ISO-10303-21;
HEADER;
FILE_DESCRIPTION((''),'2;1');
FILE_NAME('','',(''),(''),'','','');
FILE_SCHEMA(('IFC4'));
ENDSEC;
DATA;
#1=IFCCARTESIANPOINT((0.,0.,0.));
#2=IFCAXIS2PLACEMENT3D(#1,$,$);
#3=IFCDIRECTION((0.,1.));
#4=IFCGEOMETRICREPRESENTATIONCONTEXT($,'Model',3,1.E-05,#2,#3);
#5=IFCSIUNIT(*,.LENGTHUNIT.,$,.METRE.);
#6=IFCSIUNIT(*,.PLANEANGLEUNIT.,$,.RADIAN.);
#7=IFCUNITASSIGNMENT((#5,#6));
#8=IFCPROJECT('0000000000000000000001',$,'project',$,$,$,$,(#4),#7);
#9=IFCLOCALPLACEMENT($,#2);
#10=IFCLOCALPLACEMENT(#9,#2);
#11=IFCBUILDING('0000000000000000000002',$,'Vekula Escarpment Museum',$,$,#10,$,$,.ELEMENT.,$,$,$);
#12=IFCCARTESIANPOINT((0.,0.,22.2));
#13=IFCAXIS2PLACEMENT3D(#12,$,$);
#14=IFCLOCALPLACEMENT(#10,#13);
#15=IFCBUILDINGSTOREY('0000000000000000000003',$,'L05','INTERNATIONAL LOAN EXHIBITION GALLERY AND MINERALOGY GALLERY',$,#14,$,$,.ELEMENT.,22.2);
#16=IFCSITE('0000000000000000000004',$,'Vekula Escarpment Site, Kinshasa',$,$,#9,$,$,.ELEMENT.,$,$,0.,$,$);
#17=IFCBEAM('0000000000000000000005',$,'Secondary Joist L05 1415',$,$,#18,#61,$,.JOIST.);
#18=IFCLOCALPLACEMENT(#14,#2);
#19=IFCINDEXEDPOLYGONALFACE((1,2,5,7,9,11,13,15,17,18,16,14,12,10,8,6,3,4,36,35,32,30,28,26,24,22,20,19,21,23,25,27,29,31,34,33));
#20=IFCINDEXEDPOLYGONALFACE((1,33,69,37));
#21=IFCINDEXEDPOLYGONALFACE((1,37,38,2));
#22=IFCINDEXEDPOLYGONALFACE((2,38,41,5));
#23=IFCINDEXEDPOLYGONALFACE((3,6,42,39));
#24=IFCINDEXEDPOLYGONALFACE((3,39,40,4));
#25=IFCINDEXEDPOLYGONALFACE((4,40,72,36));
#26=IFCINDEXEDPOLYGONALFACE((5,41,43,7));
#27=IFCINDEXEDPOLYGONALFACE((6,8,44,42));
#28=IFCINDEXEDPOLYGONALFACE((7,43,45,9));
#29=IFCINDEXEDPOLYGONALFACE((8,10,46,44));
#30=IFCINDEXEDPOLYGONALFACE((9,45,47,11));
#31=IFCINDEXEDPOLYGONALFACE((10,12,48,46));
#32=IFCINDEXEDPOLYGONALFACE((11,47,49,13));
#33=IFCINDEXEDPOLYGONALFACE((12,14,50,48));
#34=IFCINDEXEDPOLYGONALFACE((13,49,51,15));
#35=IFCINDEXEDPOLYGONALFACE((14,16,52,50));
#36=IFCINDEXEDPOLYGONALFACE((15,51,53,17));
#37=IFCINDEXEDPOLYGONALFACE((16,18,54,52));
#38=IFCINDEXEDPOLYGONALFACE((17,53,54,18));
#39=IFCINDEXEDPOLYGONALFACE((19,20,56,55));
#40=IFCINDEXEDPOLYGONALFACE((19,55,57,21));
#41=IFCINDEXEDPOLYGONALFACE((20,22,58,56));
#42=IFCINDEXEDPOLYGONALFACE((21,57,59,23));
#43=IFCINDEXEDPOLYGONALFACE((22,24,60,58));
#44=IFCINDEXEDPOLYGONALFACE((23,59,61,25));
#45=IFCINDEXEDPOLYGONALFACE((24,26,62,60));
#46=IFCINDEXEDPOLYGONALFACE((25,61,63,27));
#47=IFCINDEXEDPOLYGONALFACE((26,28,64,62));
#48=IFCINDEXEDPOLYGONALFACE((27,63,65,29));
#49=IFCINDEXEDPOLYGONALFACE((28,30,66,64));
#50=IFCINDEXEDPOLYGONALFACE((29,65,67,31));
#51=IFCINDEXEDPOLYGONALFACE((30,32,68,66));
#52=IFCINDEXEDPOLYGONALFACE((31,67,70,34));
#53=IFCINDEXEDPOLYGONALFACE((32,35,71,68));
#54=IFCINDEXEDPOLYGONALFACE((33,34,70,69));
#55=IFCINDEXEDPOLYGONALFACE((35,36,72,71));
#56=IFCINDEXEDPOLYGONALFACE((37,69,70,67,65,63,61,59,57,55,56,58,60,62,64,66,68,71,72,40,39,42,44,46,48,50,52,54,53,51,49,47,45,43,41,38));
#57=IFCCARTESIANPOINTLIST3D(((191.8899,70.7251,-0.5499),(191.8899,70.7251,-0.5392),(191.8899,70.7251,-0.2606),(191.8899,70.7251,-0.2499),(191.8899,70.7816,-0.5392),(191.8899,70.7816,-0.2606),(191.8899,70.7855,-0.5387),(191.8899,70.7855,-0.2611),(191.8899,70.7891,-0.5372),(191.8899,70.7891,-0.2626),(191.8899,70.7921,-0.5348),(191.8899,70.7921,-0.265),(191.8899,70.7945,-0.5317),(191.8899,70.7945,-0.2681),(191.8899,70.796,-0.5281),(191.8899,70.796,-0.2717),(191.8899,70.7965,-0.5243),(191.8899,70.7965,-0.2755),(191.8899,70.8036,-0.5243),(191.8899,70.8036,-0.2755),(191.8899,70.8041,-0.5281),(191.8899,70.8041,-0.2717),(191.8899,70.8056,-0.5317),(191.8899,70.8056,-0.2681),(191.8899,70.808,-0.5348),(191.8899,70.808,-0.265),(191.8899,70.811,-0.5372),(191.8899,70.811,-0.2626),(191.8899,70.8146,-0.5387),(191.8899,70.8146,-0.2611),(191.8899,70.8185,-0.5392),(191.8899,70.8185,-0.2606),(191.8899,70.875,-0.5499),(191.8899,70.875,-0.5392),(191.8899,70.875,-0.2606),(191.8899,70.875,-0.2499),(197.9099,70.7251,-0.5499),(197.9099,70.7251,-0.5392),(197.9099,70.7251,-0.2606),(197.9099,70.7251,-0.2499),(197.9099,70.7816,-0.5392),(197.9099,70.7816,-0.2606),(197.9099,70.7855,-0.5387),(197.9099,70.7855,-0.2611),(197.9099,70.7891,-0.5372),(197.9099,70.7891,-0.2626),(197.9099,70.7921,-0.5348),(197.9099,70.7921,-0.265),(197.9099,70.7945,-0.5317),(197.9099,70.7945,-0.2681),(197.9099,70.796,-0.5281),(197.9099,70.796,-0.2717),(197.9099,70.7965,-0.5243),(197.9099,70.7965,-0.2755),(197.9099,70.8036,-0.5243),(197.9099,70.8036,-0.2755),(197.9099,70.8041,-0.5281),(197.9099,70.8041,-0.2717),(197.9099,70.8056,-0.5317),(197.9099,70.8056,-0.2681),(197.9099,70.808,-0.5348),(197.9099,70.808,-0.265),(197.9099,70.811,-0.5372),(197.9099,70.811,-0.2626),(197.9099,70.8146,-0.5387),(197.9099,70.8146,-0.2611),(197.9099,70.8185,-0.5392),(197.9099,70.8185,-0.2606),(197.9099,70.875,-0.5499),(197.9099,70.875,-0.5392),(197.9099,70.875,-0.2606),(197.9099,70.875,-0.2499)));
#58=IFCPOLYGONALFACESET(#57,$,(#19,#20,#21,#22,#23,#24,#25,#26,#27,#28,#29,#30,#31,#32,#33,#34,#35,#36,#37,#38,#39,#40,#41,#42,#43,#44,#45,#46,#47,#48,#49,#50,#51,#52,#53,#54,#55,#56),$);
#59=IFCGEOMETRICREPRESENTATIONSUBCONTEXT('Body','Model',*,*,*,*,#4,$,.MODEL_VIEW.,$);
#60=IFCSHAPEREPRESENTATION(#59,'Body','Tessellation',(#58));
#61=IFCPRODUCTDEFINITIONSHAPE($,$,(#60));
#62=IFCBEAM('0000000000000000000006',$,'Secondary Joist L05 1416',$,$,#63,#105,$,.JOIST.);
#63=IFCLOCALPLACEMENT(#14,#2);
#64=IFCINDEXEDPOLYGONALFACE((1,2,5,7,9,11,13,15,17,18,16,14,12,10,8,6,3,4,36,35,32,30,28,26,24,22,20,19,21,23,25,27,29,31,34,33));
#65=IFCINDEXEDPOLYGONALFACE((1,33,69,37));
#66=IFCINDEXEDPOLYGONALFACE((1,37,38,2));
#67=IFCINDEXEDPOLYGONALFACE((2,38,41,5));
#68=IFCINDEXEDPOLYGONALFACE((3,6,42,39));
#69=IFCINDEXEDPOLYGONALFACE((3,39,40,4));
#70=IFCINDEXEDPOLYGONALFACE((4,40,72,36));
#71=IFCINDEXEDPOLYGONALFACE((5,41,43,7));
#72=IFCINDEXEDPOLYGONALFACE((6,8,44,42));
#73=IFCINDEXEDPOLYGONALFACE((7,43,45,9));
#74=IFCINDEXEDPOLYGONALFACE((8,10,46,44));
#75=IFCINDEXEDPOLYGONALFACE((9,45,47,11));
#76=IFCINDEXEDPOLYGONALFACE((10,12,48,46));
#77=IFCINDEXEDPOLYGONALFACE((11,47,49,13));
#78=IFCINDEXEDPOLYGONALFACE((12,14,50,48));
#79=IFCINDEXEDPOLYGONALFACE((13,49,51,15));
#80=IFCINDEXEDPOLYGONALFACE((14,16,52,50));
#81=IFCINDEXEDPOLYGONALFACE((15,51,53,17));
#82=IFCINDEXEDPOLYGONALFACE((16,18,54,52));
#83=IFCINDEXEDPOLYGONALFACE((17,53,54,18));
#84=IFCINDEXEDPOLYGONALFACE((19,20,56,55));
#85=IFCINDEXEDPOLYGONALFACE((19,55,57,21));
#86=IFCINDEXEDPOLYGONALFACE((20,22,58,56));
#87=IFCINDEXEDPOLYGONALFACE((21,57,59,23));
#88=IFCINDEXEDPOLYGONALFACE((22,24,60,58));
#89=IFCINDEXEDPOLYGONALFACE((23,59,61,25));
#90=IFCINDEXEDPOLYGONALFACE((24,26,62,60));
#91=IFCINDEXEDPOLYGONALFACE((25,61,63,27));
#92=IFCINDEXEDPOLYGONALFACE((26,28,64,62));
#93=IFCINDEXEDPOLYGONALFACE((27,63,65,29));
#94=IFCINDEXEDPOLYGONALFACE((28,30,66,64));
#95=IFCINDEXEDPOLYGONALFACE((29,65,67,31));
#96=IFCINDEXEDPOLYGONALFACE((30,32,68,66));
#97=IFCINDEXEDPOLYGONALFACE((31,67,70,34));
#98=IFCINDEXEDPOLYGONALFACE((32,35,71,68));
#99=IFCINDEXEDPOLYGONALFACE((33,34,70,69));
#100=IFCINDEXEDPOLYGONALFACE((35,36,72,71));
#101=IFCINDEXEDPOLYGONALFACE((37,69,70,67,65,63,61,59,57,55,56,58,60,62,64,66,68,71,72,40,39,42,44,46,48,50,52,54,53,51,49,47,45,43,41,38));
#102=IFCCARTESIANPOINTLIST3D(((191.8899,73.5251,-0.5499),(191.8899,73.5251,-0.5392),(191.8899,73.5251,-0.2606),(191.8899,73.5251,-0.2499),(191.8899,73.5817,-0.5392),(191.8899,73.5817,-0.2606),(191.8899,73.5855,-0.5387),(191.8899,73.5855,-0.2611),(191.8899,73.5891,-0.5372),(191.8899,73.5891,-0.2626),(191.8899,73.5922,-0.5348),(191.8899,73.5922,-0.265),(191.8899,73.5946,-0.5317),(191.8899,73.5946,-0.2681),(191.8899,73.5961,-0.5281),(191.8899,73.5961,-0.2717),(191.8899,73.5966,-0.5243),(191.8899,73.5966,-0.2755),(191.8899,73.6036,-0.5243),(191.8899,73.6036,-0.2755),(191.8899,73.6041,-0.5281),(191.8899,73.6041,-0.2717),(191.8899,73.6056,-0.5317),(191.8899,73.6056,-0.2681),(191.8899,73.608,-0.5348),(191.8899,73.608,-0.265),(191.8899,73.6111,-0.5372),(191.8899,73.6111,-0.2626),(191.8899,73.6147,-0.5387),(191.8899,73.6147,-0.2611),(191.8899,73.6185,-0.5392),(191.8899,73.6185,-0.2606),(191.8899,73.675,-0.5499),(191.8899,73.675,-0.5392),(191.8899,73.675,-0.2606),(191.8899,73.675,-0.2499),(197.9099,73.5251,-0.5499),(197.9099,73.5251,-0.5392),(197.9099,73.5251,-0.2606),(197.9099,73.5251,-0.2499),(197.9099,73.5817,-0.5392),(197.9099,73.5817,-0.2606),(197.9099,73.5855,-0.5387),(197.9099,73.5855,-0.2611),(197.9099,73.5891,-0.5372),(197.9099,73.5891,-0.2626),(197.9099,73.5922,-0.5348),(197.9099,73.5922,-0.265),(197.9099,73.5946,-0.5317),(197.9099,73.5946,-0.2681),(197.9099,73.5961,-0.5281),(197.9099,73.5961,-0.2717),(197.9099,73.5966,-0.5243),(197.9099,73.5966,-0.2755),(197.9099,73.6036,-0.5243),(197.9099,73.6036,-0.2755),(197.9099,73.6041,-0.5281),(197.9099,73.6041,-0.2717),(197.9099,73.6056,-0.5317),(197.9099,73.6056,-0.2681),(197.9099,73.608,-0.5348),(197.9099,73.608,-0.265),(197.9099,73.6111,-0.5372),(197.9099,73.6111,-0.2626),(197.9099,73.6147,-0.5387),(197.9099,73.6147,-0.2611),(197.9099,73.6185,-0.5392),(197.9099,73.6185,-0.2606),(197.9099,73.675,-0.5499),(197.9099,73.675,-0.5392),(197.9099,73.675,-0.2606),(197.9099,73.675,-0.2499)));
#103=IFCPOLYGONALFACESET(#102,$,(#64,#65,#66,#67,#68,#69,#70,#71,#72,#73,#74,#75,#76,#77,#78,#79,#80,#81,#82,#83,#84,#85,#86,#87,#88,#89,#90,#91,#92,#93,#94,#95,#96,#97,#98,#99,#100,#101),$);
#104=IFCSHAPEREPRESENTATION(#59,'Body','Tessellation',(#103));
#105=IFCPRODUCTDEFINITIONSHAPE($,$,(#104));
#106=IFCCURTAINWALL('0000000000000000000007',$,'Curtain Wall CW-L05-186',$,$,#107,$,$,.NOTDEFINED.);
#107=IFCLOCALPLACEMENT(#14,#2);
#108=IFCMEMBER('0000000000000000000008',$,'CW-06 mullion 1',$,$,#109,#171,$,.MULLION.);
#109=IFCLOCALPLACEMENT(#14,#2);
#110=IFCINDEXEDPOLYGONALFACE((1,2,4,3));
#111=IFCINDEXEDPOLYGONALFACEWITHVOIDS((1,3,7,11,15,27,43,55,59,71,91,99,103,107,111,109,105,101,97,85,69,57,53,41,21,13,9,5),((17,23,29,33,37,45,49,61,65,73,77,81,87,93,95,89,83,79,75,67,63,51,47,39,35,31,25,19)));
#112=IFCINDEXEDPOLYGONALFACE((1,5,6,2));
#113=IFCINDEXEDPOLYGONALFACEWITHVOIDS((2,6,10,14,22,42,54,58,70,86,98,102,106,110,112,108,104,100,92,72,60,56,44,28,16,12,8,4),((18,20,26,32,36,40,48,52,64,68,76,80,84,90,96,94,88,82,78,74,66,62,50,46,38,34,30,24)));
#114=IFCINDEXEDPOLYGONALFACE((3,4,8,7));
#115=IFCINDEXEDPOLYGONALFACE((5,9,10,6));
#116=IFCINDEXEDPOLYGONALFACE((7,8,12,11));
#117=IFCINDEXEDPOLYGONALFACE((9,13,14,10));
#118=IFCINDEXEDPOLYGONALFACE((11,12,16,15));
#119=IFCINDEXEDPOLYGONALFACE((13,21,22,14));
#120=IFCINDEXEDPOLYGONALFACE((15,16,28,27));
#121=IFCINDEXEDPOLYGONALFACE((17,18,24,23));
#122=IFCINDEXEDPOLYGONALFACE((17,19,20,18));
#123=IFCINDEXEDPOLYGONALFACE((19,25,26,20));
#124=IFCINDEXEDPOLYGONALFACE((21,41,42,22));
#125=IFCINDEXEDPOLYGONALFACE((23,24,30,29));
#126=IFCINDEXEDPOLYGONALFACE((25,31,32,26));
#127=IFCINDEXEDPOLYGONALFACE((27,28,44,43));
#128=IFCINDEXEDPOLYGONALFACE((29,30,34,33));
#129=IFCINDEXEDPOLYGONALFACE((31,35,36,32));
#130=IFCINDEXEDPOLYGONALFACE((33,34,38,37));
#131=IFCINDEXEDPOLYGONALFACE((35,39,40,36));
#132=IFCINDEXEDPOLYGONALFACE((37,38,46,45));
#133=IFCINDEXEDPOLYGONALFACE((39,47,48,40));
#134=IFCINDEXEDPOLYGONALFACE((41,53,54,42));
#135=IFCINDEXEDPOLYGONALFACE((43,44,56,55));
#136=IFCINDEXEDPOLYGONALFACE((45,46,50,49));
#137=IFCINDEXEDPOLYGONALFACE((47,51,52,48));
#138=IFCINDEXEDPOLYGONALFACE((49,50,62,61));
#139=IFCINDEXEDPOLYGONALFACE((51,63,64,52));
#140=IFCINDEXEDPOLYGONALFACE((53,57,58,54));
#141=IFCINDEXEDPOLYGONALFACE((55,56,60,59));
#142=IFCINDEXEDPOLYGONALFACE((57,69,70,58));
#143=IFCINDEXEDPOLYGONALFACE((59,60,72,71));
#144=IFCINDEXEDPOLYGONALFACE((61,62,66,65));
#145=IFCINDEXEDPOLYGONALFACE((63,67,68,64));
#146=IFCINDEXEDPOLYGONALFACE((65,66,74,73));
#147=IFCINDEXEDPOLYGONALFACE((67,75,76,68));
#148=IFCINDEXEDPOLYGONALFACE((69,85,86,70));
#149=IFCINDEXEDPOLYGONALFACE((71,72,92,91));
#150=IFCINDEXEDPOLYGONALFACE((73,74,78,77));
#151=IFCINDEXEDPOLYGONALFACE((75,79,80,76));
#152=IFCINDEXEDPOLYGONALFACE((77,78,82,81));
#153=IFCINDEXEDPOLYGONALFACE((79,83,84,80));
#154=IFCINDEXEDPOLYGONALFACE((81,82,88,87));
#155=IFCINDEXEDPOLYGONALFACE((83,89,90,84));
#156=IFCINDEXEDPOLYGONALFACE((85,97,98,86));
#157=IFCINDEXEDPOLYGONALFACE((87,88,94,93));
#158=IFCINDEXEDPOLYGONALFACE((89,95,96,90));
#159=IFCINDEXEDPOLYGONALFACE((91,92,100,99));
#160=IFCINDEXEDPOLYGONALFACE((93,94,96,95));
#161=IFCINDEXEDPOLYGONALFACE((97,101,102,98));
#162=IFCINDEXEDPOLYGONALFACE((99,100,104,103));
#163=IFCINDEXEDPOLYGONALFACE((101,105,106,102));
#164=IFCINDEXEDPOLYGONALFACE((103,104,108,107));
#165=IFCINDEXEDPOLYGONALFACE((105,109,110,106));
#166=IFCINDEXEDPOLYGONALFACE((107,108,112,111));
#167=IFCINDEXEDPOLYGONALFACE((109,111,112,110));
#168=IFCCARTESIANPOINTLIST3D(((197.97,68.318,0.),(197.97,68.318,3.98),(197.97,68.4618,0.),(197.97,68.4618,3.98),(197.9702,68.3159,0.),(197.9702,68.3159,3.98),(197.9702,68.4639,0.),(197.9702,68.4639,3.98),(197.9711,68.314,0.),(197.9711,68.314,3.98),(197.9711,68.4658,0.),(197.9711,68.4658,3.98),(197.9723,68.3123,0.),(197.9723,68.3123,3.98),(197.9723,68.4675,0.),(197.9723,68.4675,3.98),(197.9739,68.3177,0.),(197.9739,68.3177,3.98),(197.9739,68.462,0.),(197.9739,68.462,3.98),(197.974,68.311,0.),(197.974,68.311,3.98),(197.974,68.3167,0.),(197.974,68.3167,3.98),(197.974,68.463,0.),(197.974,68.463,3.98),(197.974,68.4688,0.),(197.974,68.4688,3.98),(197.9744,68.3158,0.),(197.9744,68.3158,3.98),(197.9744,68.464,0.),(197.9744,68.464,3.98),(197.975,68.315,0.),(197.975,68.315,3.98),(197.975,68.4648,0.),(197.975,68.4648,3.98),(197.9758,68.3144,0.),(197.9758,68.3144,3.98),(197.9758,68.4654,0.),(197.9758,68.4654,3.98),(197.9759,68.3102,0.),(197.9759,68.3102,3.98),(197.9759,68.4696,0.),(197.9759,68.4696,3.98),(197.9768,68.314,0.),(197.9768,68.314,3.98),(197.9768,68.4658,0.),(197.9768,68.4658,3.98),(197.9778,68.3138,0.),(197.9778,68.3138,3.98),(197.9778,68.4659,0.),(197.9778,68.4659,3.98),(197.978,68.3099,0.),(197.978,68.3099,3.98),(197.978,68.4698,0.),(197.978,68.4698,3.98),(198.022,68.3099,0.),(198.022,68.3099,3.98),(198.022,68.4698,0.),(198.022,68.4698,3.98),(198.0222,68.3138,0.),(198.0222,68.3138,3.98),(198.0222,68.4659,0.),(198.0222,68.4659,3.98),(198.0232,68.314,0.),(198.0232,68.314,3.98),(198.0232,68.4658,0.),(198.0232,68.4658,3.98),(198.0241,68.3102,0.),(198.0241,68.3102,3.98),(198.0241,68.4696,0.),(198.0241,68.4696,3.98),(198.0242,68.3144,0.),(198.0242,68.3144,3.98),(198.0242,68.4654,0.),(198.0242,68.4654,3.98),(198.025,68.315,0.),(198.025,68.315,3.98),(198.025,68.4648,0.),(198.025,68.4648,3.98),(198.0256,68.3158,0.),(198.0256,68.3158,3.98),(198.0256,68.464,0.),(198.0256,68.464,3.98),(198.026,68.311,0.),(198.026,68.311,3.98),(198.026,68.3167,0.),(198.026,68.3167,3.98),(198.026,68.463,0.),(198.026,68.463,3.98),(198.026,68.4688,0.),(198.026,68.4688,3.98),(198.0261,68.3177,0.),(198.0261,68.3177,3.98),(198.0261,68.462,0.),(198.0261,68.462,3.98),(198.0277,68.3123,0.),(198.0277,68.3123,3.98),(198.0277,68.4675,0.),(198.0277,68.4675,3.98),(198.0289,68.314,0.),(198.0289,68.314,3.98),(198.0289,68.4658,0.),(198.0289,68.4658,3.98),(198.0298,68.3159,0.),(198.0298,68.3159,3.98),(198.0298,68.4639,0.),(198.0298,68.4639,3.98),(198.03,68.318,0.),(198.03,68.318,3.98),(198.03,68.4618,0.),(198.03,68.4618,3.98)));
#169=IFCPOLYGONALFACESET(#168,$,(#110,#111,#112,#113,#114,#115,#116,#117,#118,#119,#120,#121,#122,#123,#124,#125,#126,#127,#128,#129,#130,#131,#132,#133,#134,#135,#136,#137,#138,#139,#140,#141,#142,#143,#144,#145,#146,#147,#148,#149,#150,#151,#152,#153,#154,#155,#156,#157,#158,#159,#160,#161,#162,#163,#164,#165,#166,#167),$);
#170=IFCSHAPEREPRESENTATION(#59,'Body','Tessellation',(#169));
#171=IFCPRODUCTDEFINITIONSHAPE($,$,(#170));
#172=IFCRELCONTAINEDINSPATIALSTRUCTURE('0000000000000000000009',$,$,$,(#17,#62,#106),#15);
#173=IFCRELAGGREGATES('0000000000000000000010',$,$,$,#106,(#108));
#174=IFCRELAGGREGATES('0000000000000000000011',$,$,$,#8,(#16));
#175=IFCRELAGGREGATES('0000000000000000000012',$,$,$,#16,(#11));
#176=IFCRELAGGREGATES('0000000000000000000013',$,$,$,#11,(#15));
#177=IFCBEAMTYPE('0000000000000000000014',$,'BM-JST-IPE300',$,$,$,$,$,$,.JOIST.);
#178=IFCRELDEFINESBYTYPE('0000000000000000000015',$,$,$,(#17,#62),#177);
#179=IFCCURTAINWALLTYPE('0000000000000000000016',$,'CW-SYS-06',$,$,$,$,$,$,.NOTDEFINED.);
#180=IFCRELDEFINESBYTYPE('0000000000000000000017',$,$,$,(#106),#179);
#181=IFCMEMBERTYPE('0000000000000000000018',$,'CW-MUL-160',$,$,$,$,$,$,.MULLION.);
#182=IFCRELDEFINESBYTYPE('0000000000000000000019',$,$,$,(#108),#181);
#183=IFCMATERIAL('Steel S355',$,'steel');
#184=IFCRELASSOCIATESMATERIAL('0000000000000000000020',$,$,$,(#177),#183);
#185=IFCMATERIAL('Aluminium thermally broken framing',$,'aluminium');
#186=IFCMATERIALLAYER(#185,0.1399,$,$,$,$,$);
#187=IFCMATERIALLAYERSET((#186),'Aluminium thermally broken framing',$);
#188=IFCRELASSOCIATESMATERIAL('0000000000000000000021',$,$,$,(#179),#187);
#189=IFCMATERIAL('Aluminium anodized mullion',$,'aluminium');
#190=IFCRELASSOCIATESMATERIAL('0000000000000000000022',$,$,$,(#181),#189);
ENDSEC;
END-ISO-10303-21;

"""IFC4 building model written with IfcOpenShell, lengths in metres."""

from ifc_helpers import new_model, si_unit, direction, frame, origin, origin_2d, place, context, subcontext, project, spatial, hollow_rectangle, i_section, extrude, material, layer, layer_set, material_profile, profile_set, type_object, element, aggregate, save


model = new_model("IFC4")

# Units and contexts
model_context = context("Model", 3, precision=1e-05, world=origin(), true_north=direction((0.0, 1.0)))
body_context = subcontext(model_context, "Body", "Model", "MODEL_VIEW")
ifc_project = project(units=[si_unit("LENGTHUNIT", "METRE"), si_unit("PLANEANGLEUNIT", "RADIAN")], contexts=[model_context])

# Site, building, storey
site_placement = place(None, origin())
site = spatial("IfcSite", under=ifc_project, at=site_placement, Name="Vekula Escarpment Site, Kinshasa", CompositionType="ELEMENT", RefElevation=0.0)
building_placement = place(site_placement, origin())
building = spatial("IfcBuilding", under=site, at=building_placement, Name="Vekula Escarpment Museum", CompositionType="ELEMENT")
storey_placement = place(building_placement, frame((0.0, 0.0, 22.2)))
storey = spatial("IfcBuildingStorey", under=building, at=storey_placement, Name="L05", Description="INTERNATIONAL LOAN EXHIBITION GALLERY AND MINERALOGY GALLERY", CompositionType="ELEMENT", Elevation=22.2)

# Beams
ifc_material_1 = material(Name="Steel S355", Category="steel")
ifc_material_profile_1 = material_profile(ifc_material_1, i_section(OverallWidth=0.1499, OverallDepth=0.3, WebThickness=0.0071, FlangeThickness=0.0107, FilletRadius=0.0149, at=origin_2d()), Name="IPE 300")
ifc_profile_set_1 = profile_set([ifc_material_profile_1], Name="Steel S355")
beam_type = type_object("IfcBeamType", Name="BM-JST-IPE300", PredefinedType="JOIST", material=ifc_profile_set_1)
for number, where, z_axis, x_axis, name in (
    (1, (191.8899, 70.8, -0.3999), (1.0, 0.0, 0.0), (0.0, 1.0, 0.0), "Secondary Joist L05 1415"),
    (2, (191.8899, 73.6001, -0.3999), (1.0, 0.0, 0.0), (0.0, 1.0, 0.0), "Secondary Joist L05 1416"),
):
    element("IfcBeam", number, at=place(storey_placement, frame(where, z_axis=z_axis, x_axis=x_axis)), inside=storey, type_object=beam_type, Name=name, PredefinedType="JOIST", context=body_context, shape_type="SweptSolid", body=[
        extrude(i_section(OverallWidth=0.1499, OverallDepth=0.3, WebThickness=0.0071, FlangeThickness=0.0107, FilletRadius=0.0149, at=origin_2d()), origin(), (0.0, 0.0, 1.0), 6.02),
    ])

# Curtain wall, member
ifc_material_2 = material(Name="Aluminium thermally broken framing", Category="aluminium")
ifc_layer_1 = layer(ifc_material_2, 0.1399)
ifc_layer_set_1 = layer_set([ifc_layer_1], Name="Aluminium thermally broken framing")
curtain_wall_type = type_object("IfcCurtainWallType", Name="CW-SYS-06", PredefinedType="NOTDEFINED", material=ifc_layer_set_1)
curtain_wall_placement = place(storey_placement, origin())
curtain_wall = element("IfcCurtainWall", 3, at=curtain_wall_placement, inside=storey, type_object=curtain_wall_type, Name="Curtain Wall CW-L05-186", PredefinedType="NOTDEFINED")
ifc_material_3 = material(Name="Aluminium anodized mullion", Category="aluminium")
ifc_material_profile_2 = material_profile(ifc_material_3, hollow_rectangle(XDim=0.0601, YDim=0.1599, WallThickness=0.0039, InnerFilletRadius=0.0039, OuterFilletRadius=0.0081, at=origin_2d()), Name="ALU 160x60x4")
ifc_profile_set_2 = profile_set([ifc_material_profile_2], Name="Aluminium anodized mullion")
member_type_1 = type_object("IfcMemberType", Name="CW-MUL-160", PredefinedType="MULLION", material=ifc_profile_set_2)
member_1_placement = place(storey_placement, frame((198.0, 68.3899, 0.0), z_axis=(0.0, 0.0, 1.0), x_axis=(-1.0, 0.0, 0.0)))
member_1 = element("IfcMember", 4, at=member_1_placement, type_object=member_type_1, Name="CW-06 mullion 1", PredefinedType="MULLION", context=body_context, shape_type="SweptSolid", body=[
    extrude(hollow_rectangle(XDim=0.0601, YDim=0.1599, WallThickness=0.0039, InnerFilletRadius=0.0039, OuterFilletRadius=0.0081, at=origin_2d()), origin(), (0.0, 0.0, 1.0), 3.98),
])
aggregate(curtain_wall, [member_1])

save(model, "model.ifc")
